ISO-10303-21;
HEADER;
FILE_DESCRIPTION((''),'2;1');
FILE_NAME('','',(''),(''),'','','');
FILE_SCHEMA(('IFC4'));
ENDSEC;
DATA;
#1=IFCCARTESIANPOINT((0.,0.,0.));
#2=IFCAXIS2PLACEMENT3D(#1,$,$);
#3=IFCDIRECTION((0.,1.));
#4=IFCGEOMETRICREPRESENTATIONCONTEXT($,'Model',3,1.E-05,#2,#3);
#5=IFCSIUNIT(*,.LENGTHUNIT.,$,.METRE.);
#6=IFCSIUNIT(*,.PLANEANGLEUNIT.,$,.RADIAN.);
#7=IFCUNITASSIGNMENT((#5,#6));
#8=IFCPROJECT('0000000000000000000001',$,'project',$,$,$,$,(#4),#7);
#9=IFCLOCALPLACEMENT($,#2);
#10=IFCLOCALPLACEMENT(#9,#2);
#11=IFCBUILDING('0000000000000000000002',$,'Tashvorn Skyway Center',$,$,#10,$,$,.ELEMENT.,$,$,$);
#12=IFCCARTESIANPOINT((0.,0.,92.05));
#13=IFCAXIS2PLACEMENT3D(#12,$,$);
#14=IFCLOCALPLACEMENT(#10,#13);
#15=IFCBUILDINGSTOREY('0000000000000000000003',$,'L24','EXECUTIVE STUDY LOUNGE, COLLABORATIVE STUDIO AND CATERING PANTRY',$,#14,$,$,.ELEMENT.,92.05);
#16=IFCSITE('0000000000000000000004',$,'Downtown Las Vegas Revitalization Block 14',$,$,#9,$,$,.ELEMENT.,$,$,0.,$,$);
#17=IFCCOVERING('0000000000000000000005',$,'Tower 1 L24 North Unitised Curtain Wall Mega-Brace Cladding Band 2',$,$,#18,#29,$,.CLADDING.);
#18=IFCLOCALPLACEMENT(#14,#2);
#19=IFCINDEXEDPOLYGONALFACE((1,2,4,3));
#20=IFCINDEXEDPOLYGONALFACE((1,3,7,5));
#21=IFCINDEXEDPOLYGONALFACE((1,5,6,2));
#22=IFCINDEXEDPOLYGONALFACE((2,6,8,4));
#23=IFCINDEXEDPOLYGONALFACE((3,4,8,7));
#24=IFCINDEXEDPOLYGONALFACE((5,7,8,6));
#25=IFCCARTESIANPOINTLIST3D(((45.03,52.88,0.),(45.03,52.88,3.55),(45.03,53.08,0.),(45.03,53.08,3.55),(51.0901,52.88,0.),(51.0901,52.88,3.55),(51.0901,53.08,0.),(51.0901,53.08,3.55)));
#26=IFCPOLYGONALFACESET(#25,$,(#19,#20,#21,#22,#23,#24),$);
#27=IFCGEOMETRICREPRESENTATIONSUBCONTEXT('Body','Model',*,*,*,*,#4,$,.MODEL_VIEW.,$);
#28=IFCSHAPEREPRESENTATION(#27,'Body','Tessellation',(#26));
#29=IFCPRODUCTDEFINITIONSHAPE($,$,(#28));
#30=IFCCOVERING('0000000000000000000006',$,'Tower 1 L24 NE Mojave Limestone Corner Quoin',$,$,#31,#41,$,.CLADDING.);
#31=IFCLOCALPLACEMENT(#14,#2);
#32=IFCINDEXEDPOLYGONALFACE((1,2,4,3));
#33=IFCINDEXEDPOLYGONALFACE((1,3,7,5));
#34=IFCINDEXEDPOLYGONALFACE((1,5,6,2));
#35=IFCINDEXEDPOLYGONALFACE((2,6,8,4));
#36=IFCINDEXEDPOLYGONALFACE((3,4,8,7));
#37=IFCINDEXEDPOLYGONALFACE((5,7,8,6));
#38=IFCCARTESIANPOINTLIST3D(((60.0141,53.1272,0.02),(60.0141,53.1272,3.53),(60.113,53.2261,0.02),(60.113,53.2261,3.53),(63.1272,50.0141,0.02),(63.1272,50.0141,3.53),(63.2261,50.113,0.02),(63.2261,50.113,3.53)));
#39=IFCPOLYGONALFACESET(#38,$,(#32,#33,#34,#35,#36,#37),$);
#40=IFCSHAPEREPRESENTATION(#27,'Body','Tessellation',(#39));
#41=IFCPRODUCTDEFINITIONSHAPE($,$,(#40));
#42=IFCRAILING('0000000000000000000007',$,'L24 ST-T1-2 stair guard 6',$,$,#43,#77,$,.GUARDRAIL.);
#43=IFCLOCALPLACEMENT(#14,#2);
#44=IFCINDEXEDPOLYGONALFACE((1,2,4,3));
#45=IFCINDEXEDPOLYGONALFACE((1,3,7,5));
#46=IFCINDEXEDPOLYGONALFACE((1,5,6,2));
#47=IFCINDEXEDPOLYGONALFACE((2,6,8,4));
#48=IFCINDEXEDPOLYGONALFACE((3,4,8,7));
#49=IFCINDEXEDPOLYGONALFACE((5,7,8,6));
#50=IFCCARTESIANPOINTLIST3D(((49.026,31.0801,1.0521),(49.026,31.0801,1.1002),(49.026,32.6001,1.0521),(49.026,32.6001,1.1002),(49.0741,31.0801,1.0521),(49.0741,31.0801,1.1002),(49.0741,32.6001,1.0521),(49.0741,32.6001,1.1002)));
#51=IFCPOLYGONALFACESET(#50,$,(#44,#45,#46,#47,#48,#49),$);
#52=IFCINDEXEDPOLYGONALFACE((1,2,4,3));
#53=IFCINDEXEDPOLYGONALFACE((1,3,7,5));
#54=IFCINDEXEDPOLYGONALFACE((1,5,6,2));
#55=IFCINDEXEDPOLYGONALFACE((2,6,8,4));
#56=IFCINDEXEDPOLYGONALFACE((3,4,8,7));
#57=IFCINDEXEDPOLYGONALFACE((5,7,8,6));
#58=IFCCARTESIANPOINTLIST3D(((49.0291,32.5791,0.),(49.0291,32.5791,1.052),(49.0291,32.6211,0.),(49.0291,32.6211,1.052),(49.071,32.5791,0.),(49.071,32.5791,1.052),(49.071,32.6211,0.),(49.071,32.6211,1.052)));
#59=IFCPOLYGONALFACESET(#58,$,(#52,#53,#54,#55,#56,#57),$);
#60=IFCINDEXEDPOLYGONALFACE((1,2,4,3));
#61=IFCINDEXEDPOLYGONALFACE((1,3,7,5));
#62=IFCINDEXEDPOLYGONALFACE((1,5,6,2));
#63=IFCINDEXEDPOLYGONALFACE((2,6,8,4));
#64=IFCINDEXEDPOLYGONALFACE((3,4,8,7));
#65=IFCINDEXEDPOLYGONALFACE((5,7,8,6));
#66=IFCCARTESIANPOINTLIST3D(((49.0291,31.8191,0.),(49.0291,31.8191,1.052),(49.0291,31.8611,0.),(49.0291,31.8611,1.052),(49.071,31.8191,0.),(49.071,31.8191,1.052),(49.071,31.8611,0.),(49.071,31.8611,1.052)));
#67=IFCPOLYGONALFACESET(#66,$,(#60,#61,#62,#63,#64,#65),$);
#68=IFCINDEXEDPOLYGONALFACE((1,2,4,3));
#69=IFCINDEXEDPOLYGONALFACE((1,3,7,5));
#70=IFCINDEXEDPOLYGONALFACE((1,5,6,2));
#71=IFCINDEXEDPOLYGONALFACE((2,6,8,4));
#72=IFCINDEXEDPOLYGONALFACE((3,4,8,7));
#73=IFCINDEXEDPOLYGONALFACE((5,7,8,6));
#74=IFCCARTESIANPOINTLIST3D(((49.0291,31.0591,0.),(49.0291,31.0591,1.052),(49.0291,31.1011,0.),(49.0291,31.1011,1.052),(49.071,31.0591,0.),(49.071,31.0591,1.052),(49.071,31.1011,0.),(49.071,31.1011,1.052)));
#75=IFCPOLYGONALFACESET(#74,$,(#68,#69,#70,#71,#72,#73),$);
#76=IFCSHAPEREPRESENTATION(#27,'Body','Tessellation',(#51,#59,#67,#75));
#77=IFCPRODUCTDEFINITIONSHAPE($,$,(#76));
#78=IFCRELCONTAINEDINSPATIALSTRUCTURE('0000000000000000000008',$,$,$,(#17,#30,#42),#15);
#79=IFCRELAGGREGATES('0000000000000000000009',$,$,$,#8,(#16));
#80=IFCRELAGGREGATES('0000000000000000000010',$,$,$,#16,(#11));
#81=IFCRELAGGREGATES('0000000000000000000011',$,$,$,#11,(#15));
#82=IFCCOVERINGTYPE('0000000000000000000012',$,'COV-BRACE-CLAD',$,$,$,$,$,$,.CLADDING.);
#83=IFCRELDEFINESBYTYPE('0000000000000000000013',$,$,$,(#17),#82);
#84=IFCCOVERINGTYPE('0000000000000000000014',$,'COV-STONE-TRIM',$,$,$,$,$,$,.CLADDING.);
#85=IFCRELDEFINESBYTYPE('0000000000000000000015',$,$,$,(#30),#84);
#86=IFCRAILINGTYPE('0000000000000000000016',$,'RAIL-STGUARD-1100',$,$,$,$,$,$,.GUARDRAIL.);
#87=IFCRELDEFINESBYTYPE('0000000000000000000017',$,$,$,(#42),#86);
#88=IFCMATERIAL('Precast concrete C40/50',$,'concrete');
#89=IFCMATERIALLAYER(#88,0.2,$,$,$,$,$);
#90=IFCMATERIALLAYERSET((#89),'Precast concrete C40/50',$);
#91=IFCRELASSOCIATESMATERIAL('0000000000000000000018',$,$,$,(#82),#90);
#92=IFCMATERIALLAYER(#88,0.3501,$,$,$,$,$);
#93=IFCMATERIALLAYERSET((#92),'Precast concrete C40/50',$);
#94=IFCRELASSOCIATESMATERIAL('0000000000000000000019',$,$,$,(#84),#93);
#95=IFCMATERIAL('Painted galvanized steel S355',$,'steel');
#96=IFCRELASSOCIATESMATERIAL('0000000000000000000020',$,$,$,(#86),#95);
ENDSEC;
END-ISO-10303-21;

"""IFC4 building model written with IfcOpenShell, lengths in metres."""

from ifc_helpers import new_model, si_unit, direction, frame, origin, origin_2d, place, context, subcontext, project, spatial, rectangle, extrude, material, layer, layer_set, type_object, element, save


model = new_model("IFC4")

# Units and contexts
model_context = context("Model", 3, precision=1e-05, world=origin(), true_north=direction((0.0, 1.0)))
body_context = subcontext(model_context, "Body", "Model", "MODEL_VIEW")
ifc_project = project(units=[si_unit("LENGTHUNIT", "METRE"), si_unit("PLANEANGLEUNIT", "RADIAN")], contexts=[model_context])

# Site, building, storey
site_placement = place(None, origin())
site = spatial("IfcSite", under=ifc_project, at=site_placement, Name="Downtown Las Vegas Revitalization Block 14", CompositionType="ELEMENT", RefElevation=0.0)
building_placement = place(site_placement, origin())
building = spatial("IfcBuilding", under=site, at=building_placement, Name="Tashvorn Skyway Center", CompositionType="ELEMENT")
storey_placement = place(building_placement, frame((0.0, 0.0, 92.05)))
storey = spatial("IfcBuildingStorey", under=building, at=storey_placement, Name="L24", Description="EXECUTIVE STUDY LOUNGE, COLLABORATIVE STUDIO AND CATERING PANTRY", CompositionType="ELEMENT", Elevation=92.05)

# Shared definitions
ifc_material_1 = material(Name="Precast concrete C40/50", Category="concrete")

# Coverings
ifc_layer_1 = layer(ifc_material_1, 0.2)
ifc_layer_set_1 = layer_set([ifc_layer_1], Name="Precast concrete C40/50")
covering_type_1 = type_object("IfcCoveringType", Name="COV-BRACE-CLAD", PredefinedType="CLADDING", material=ifc_layer_set_1)
covering_1_placement = place(storey_placement, frame((48.0601, 52.98, 0.0), z_axis=(0.0, 0.0, 1.0), x_axis=(1.0, 0.0, 0.0)))
element("IfcCovering", 1, at=covering_1_placement, inside=storey, type_object=covering_type_1, Name="Tower 1 L24 North Unitised Curtain Wall Mega-Brace Cladding Band 2", PredefinedType="CLADDING", context=body_context, shape_type="SweptSolid", body=[
    extrude(rectangle(XDim=6.0601, YDim=0.2, at=origin_2d()), origin(), (0.0, 0.0, 1.0), 3.55),
])
ifc_layer_2 = layer(ifc_material_1, 0.3501)
ifc_layer_set_2 = layer_set([ifc_layer_2], Name="Precast concrete C40/50")
covering_type_2 = type_object("IfcCoveringType", Name="COV-STONE-TRIM", PredefinedType="CLADDING", material=ifc_layer_set_2)
covering_2_placement = place(storey_placement, frame((61.6201, 51.6201, 0.02), z_axis=(0.0, 0.0, 1.0), x_axis=(0.707107, -0.707107, 0.0)))
element("IfcCovering", 2, at=covering_2_placement, inside=storey, type_object=covering_type_2, Name="Tower 1 L24 NE Mojave Limestone Corner Quoin", PredefinedType="CLADDING", context=body_context, shape_type="SweptSolid", body=[
    extrude(rectangle(XDim=4.4026, YDim=0.1399, at=origin_2d()), origin(), (0.0, 0.0, 1.0), 3.51),
])

# Railing
ifc_material_2 = material(Name="Painted galvanized steel S355", Category="steel")
railing_type = type_object("IfcRailingType", Name="RAIL-STGUARD-1100", PredefinedType="GUARDRAIL", material=ifc_material_2)
railing_placement = place(storey_placement, frame((49.05, 32.6001, 0.0)))
element("IfcRailing", 3, at=railing_placement, inside=storey, type_object=railing_type, Name="L24 ST-T1-2 stair guard 6", PredefinedType="GUARDRAIL", context=body_context, shape_type="SweptSolid", body=[
    extrude(rectangle(XDim=0.0481, YDim=0.0481, at=origin_2d()), frame((0.0, 0.0, 1.0762), z_axis=(0.0, -1.0, 0.0), x_axis=(1.0, 0.0, 0.0)), (0.0, 0.0, 1.0), 1.52),
    extrude(rectangle(XDim=0.042, YDim=0.042, at=origin_2d()), origin(), (0.0, 0.0, 1.0), 1.052),
    extrude(rectangle(XDim=0.042, YDim=0.042, at=origin_2d()), frame((0.0, -0.76, 0.0)), (0.0, 0.0, 1.0), 1.052),
    extrude(rectangle(XDim=0.042, YDim=0.042, at=origin_2d()), frame((0.0, -1.52, 0.0)), (0.0, 0.0, 1.0), 1.052),
])

save(model, "model.ifc")
